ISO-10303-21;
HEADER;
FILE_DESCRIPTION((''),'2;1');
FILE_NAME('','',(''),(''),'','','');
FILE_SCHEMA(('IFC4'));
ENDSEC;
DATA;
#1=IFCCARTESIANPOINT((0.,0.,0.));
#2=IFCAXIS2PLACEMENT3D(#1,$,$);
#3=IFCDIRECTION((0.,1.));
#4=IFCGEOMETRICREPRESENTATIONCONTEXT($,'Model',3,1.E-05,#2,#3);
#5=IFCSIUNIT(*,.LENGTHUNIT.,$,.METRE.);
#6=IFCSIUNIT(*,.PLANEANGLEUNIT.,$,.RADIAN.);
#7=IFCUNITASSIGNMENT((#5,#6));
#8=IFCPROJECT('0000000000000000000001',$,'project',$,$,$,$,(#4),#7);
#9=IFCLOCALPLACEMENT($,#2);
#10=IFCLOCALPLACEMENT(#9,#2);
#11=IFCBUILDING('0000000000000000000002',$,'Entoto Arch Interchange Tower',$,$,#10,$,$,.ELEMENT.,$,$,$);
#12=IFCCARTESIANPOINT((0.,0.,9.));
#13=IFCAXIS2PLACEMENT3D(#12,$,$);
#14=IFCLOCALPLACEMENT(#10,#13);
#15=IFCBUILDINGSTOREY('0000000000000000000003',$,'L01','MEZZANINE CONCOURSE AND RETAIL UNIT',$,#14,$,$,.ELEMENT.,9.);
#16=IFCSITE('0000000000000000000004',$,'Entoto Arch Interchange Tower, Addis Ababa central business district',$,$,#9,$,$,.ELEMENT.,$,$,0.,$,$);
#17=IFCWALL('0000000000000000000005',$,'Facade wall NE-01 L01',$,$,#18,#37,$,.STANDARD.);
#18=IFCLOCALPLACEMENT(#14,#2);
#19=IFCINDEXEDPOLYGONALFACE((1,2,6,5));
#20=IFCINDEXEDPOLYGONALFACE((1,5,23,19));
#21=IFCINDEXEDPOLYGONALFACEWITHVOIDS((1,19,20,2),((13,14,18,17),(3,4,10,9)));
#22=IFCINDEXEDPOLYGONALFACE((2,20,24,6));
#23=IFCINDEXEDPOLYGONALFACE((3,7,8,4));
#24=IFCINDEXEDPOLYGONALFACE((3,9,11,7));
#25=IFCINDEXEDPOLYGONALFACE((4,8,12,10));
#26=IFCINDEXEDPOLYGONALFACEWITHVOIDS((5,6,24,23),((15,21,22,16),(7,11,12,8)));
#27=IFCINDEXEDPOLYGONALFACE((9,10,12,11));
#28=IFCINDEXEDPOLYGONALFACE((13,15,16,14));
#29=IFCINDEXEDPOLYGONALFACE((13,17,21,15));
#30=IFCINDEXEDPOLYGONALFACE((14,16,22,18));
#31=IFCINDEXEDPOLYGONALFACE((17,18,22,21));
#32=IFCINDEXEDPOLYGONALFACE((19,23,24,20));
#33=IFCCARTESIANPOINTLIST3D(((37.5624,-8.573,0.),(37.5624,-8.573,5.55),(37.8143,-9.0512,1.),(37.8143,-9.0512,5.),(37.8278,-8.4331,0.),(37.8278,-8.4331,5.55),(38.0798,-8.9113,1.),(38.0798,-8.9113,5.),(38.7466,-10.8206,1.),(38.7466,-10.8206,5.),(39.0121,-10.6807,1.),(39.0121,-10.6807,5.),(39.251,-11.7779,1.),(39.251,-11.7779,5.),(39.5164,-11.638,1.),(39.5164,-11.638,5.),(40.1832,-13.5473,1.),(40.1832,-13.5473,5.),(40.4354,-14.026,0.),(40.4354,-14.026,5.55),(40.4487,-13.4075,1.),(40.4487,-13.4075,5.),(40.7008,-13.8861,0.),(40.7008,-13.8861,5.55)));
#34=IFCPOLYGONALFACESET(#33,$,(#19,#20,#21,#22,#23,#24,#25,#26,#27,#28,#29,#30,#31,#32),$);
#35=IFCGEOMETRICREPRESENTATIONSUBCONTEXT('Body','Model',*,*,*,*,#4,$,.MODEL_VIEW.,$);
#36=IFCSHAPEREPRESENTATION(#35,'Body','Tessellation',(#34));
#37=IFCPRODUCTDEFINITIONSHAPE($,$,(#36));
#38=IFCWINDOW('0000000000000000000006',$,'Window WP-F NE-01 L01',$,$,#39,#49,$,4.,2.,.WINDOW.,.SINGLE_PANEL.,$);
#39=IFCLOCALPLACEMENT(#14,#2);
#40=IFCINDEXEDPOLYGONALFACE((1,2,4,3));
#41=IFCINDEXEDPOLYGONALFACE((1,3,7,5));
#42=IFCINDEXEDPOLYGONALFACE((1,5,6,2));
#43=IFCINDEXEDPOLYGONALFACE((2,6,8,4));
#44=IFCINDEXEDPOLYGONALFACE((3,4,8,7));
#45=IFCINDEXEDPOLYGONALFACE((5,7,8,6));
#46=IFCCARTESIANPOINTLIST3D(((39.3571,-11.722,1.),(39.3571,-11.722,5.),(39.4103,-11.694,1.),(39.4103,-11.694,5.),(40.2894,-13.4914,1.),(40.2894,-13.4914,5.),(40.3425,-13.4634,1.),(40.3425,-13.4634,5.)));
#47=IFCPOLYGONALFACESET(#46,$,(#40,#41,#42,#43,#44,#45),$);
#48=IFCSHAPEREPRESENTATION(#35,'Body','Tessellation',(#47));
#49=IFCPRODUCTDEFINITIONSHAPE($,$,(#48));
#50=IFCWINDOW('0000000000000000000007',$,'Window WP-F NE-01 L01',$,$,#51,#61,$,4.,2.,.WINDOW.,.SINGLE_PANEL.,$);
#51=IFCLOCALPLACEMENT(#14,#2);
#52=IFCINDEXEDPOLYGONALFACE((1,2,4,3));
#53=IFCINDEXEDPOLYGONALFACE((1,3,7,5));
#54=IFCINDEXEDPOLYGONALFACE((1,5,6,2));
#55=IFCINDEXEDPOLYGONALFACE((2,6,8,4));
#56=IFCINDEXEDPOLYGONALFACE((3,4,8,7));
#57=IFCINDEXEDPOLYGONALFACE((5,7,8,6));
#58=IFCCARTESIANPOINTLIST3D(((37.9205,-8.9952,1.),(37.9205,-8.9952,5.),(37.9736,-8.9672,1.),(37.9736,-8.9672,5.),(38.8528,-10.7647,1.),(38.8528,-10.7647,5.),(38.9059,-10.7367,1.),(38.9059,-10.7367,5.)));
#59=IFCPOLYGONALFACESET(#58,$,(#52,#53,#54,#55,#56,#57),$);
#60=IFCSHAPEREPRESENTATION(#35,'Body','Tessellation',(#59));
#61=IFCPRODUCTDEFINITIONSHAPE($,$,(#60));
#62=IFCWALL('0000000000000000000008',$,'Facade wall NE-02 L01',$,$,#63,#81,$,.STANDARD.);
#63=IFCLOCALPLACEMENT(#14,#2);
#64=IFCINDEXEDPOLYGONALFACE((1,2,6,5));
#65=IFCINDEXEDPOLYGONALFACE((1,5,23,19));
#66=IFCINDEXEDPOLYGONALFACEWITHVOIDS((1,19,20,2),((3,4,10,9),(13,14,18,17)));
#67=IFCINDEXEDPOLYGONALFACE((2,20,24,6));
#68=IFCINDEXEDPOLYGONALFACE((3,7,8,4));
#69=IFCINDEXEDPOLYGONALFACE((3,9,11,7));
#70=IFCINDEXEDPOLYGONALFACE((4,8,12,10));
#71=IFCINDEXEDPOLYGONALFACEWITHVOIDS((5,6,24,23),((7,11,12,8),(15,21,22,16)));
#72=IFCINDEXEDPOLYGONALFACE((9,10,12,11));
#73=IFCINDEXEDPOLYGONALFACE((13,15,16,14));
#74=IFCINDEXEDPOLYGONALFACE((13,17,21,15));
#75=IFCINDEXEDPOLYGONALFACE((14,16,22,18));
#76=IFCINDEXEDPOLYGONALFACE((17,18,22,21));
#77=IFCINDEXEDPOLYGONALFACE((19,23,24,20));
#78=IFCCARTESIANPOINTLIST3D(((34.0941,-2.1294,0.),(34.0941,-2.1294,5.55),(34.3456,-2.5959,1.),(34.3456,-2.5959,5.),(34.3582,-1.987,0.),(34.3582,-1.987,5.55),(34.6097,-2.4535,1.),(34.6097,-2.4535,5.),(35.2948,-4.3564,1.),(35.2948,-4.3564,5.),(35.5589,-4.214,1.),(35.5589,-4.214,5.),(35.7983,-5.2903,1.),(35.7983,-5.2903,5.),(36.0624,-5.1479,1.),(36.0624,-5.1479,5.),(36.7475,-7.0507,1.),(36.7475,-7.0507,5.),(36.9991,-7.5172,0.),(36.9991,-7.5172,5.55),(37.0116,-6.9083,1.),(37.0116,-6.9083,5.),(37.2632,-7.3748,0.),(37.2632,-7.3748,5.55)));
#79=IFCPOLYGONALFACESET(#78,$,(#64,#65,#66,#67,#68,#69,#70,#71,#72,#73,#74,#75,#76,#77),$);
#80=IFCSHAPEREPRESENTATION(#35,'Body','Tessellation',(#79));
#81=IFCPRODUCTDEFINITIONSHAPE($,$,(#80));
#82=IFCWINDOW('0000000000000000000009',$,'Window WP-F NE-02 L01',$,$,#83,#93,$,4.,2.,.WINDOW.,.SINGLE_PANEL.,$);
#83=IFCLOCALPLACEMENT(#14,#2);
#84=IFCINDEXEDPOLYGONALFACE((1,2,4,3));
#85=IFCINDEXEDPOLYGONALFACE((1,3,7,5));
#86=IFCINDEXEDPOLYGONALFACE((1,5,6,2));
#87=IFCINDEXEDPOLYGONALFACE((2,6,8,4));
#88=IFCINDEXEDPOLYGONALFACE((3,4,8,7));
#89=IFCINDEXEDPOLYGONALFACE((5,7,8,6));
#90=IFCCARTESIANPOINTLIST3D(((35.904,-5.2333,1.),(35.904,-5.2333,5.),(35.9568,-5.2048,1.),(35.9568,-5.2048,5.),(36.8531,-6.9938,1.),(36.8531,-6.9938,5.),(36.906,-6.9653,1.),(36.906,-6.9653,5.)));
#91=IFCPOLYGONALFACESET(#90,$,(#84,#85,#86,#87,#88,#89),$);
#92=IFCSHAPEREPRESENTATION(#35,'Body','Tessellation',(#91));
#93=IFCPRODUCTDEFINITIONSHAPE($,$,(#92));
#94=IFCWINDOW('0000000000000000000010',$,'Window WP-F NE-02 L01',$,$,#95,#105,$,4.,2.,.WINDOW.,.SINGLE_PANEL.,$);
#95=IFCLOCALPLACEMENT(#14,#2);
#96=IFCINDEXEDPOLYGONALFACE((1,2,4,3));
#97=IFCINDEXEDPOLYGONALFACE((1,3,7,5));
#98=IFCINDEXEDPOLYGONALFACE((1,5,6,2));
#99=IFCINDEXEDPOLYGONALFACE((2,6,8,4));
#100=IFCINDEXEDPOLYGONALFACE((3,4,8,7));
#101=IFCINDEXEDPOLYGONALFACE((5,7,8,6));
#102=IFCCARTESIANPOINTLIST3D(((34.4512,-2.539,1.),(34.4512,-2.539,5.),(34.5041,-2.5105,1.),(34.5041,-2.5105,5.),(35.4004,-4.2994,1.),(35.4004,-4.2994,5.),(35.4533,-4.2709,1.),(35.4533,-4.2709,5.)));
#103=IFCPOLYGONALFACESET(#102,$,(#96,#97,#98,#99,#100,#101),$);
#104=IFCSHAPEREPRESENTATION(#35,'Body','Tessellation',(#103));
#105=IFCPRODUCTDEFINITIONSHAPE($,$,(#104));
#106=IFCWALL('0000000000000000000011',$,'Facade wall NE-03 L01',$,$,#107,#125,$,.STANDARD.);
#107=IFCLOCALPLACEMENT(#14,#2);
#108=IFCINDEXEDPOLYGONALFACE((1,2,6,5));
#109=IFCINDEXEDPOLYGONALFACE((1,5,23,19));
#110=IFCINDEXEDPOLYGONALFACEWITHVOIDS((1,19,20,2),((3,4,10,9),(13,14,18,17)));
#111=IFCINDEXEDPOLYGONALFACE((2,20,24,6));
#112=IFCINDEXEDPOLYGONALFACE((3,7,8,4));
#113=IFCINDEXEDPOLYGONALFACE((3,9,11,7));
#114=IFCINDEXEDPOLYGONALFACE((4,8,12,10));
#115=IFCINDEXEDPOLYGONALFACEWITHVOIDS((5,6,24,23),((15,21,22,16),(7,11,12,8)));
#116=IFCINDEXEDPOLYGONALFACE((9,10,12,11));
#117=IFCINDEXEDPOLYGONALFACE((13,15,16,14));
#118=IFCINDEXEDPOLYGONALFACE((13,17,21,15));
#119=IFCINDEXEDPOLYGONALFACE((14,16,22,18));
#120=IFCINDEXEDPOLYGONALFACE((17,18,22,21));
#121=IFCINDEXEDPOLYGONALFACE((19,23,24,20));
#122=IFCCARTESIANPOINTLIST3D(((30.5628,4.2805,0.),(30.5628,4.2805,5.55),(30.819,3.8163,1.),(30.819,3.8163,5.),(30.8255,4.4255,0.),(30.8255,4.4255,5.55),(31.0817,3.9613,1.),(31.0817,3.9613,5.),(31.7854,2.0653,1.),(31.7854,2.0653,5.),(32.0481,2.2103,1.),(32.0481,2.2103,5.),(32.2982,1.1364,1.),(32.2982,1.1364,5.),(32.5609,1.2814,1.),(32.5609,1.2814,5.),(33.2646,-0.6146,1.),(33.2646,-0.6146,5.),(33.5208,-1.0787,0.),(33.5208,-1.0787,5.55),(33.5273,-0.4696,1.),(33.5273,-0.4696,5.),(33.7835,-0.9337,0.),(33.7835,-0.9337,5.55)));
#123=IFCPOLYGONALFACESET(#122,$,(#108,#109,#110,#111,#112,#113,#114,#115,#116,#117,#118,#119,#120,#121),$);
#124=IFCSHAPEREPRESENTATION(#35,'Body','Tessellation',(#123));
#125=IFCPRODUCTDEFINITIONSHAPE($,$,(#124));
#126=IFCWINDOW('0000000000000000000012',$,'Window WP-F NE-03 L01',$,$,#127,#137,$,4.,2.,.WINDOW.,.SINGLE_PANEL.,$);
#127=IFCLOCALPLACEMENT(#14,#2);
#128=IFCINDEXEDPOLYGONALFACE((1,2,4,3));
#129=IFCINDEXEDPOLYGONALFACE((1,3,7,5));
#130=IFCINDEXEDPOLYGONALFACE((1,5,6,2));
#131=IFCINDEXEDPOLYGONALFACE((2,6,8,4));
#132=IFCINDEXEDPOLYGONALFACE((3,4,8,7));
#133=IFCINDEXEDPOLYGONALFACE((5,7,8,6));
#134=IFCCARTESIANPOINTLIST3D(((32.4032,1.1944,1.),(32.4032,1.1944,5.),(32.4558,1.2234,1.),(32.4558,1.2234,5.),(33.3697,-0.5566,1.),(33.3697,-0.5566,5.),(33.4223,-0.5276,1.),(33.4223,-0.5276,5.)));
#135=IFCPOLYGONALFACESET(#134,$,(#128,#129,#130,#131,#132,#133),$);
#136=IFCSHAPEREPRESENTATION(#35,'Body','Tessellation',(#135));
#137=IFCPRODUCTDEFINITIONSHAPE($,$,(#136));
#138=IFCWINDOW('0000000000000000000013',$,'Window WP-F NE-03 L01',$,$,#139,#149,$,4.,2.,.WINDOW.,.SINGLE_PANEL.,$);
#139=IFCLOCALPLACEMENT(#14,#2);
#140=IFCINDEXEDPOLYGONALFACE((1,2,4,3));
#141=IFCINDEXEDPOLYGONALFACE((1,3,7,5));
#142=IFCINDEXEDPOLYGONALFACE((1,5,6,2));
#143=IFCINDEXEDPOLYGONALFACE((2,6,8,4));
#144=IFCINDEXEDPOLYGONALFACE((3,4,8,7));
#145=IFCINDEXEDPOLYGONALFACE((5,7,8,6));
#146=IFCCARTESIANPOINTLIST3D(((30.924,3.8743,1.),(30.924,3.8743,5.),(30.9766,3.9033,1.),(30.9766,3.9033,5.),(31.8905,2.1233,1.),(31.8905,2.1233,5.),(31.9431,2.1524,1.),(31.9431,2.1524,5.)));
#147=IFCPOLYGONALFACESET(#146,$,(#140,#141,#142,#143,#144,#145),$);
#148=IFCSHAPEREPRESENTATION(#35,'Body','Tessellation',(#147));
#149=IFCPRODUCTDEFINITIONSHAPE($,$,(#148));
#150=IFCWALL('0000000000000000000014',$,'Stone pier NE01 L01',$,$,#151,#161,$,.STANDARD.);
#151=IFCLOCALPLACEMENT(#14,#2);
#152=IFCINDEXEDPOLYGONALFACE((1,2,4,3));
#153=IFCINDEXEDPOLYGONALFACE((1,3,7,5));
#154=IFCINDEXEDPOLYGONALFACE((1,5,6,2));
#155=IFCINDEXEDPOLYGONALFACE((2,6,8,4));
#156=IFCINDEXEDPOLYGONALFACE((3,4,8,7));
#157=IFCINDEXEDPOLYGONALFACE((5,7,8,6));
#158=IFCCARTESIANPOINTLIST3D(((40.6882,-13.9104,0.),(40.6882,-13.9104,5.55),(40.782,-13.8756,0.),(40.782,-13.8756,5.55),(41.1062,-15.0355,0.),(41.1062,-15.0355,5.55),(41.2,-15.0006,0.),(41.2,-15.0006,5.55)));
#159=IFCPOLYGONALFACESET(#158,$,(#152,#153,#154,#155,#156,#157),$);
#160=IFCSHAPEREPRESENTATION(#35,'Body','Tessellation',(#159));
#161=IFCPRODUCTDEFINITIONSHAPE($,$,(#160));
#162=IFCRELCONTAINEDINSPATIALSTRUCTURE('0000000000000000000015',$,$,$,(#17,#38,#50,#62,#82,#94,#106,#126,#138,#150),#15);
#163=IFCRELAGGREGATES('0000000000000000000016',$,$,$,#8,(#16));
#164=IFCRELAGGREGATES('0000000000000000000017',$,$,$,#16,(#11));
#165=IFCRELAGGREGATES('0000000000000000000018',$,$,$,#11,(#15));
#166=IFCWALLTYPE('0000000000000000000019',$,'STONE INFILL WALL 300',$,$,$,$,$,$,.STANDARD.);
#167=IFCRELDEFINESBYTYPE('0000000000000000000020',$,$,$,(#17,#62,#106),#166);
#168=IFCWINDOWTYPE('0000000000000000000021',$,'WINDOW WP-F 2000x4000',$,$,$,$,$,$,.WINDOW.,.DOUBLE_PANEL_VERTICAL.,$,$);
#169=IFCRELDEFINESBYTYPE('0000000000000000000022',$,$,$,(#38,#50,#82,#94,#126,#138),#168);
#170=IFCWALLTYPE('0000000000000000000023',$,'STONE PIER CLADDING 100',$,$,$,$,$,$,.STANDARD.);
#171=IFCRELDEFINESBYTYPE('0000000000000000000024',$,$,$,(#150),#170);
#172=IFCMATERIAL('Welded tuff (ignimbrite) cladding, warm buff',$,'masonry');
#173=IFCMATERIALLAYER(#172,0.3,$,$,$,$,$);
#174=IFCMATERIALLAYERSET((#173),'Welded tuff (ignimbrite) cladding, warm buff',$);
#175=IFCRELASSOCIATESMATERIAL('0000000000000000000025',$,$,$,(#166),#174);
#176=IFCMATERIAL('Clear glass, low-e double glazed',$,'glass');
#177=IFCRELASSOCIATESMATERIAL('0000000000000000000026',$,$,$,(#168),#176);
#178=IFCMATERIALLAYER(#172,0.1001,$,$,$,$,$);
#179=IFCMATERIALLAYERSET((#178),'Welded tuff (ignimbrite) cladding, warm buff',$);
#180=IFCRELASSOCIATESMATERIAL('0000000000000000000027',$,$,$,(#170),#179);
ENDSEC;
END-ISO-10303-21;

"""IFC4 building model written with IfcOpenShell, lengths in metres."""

from ifc_helpers import new_model, si_unit, direction, frame, frame_2d, origin, place, context, subcontext, project, spatial, rectangle, extrude, material, layer, layer_set, type_object, element, fill, save


model = new_model("IFC4")

# Units and contexts
model_context = context("Model", 3, precision=1e-05, world=origin(), true_north=direction((0.0, 1.0)))
body_context = subcontext(model_context, "Body", "Model", "MODEL_VIEW")
ifc_project = project(units=[si_unit("LENGTHUNIT", "METRE"), si_unit("PLANEANGLEUNIT", "RADIAN")], contexts=[model_context])

# Site, building, storey
site_placement = place(None, origin())
site = spatial("IfcSite", under=ifc_project, at=site_placement, Name="Entoto Arch Interchange Tower, Addis Ababa central business district", CompositionType="ELEMENT", RefElevation=0.0)
building_placement = place(site_placement, origin())
building = spatial("IfcBuilding", under=site, at=building_placement, Name="Entoto Arch Interchange Tower", CompositionType="ELEMENT")
storey_placement = place(building_placement, frame((0.0, 0.0, 9.0)))
storey = spatial("IfcBuildingStorey", under=building, at=storey_placement, Name="L01", Description="MEZZANINE CONCOURSE AND RETAIL UNIT", CompositionType="ELEMENT", Elevation=9.0)

# Walls, openings, windows
ifc_material_1 = material(Name="Welded tuff (ignimbrite) cladding, warm buff", Category="masonry")
ifc_layer_1 = layer(ifc_material_1, 0.3)
ifc_layer_set_1 = layer_set([ifc_layer_1], Name="Welded tuff (ignimbrite) cladding, warm buff")
wall_type_1 = type_object("IfcWallType", Name="STONE INFILL WALL 300", PredefinedType="STANDARD", material=ifc_layer_set_1)
wall_1_placement = place(storey_placement, frame((40.5681, -13.9561, 0.0), z_axis=(0.0, 0.0, 1.0), x_axis=(-0.466125, 0.884719, 0.0)))
wall_1 = element("IfcWall", 1, at=wall_1_placement, inside=storey, type_object=wall_type_1, Name="Facade wall NE-01 L01", PredefinedType="STANDARD", context=body_context, shape_type="SweptSolid", body=[
    extrude(rectangle(XDim=6.1636, YDim=0.3, at=frame_2d((3.0818, 0.0))), origin(), (0.0, 0.0, 1.0), 5.55),
])
opening_1_placement = place(wall_1_placement, frame((0.541, 0.0, 1.0)))
opening_1 = element("IfcOpeningElement", 2, at=opening_1_placement, cuts=wall_1, PredefinedType="OPENING", context=body_context, shape_type="SweptSolid", body=[
    extrude(rectangle(XDim=2.0, YDim=4.0, at=frame_2d((1.0, 2.0))), frame((0.0, 0.1602, 0.0), z_axis=(0.0, -1.0, 0.0), x_axis=(1.0, 0.0, 0.0)), (0.0, 0.0, 1.0), 0.3201),
])
opening_2_placement = place(wall_1_placement, frame((3.623, 0.0, 1.0)))
opening_2 = element("IfcOpeningElement", 3, at=opening_2_placement, cuts=wall_1, PredefinedType="OPENING", context=body_context, shape_type="SweptSolid", body=[
    extrude(rectangle(XDim=2.0, YDim=4.0, at=frame_2d((1.0, 2.0))), frame((0.0, 0.1602, 0.0), z_axis=(0.0, -1.0, 0.0), x_axis=(1.0, 0.0, 0.0)), (0.0, 0.0, 1.0), 0.3201),
])
ifc_material_2 = material(Name="Clear glass, low-e double glazed", Category="glass")
window_type = type_object("IfcWindowType", Name="WINDOW WP-F 2000x4000", PartitioningType="DOUBLE_PANEL_VERTICAL", PredefinedType="WINDOW", material=ifc_material_2)
window_1_placement = place(opening_1_placement, origin())
window_1 = element("IfcWindow", 4, at=window_1_placement, inside=storey, type_object=window_type, Name="Window WP-F NE-01 L01", OverallHeight=4.0, OverallWidth=2.0, PartitioningType="SINGLE_PANEL", PredefinedType="WINDOW", context=body_context, shape_type="SweptSolid", body=[
    extrude(rectangle(XDim=2.0, YDim=4.0, at=frame_2d((1.0, 2.0))), frame((0.0, 0.03, 0.0), z_axis=(0.0, -1.0, 0.0), x_axis=(1.0, 0.0, 0.0)), (0.0, 0.0, 1.0), 0.0601),
])
fill(opening_1, window_1)
window_2_placement = place(opening_2_placement, origin())
window_2 = element("IfcWindow", 5, at=window_2_placement, inside=storey, type_object=window_type, Name="Window WP-F NE-01 L01", OverallHeight=4.0, OverallWidth=2.0, PartitioningType="SINGLE_PANEL", PredefinedType="WINDOW", context=body_context, shape_type="SweptSolid", body=[
    extrude(rectangle(XDim=2.0, YDim=4.0, at=frame_2d((1.0, 2.0))), frame((0.0, 0.03, 0.0), z_axis=(0.0, -1.0, 0.0), x_axis=(1.0, 0.0, 0.0)), (0.0, 0.0, 1.0), 0.0601),
])
fill(opening_2, window_2)
wall_2_placement = place(storey_placement, frame((37.1311, -7.446, 0.0), z_axis=(0.0, 0.0, 1.0), x_axis=(-0.474585, 0.88021, 0.0)))
wall_2 = element("IfcWall", 6, at=wall_2_placement, inside=storey, type_object=wall_type_1, Name="Facade wall NE-02 L01", PredefinedType="STANDARD", context=body_context, shape_type="SweptSolid", body=[
    extrude(rectangle(XDim=6.1211, YDim=0.3, at=frame_2d((3.0605, 0.0))), origin(), (0.0, 0.0, 1.0), 5.55),
])
opening_3_placement = place(wall_2_placement, frame((0.53, 0.0, 1.0)))
opening_3 = element("IfcOpeningElement", 7, at=opening_3_placement, cuts=wall_2, PredefinedType="OPENING", context=body_context, shape_type="SweptSolid", body=[
    extrude(rectangle(XDim=2.0, YDim=4.0, at=frame_2d((1.0, 2.0))), frame((0.0, 0.1602, 0.0), z_axis=(0.0, -1.0, 0.0), x_axis=(1.0, 0.0, 0.0)), (0.0, 0.0, 1.0), 0.3201),
])
opening_4_placement = place(wall_2_placement, frame((3.5911, 0.0, 1.0)))
opening_4 = element("IfcOpeningElement", 8, at=opening_4_placement, cuts=wall_2, PredefinedType="OPENING", context=body_context, shape_type="SweptSolid", body=[
    extrude(rectangle(XDim=2.0, YDim=4.0, at=frame_2d((1.0, 2.0))), frame((0.0, 0.1602, 0.0), z_axis=(0.0, -1.0, 0.0), x_axis=(1.0, 0.0, 0.0)), (0.0, 0.0, 1.0), 0.3201),
])
window_3_placement = place(opening_3_placement, origin())
window_3 = element("IfcWindow", 9, at=window_3_placement, inside=storey, type_object=window_type, Name="Window WP-F NE-02 L01", OverallHeight=4.0, OverallWidth=2.0, PartitioningType="SINGLE_PANEL", PredefinedType="WINDOW", context=body_context, shape_type="SweptSolid", body=[
    extrude(rectangle(XDim=2.0, YDim=4.0, at=frame_2d((1.0, 2.0))), frame((0.0, 0.03, 0.0), z_axis=(0.0, -1.0, 0.0), x_axis=(1.0, 0.0, 0.0)), (0.0, 0.0, 1.0), 0.0601),
])
fill(opening_3, window_3)
window_4_placement = place(opening_4_placement, origin())
window_4 = element("IfcWindow", 10, at=window_4_placement, inside=storey, type_object=window_type, Name="Window WP-F NE-02 L01", OverallHeight=4.0, OverallWidth=2.0, PartitioningType="SINGLE_PANEL", PredefinedType="WINDOW", context=body_context, shape_type="SweptSolid", body=[
    extrude(rectangle(XDim=2.0, YDim=4.0, at=frame_2d((1.0, 2.0))), frame((0.0, 0.03, 0.0), z_axis=(0.0, -1.0, 0.0), x_axis=(1.0, 0.0, 0.0)), (0.0, 0.0, 1.0), 0.0601),
])
fill(opening_4, window_4)
wall_3_placement = place(storey_placement, frame((33.6521, -1.0061, 0.0), z_axis=(0.0, 0.0, 1.0), x_axis=(-0.483233, 0.875492, 0.0)))
wall_3 = element("IfcWall", 11, at=wall_3_placement, inside=storey, type_object=wall_type_1, Name="Facade wall NE-03 L01", PredefinedType="STANDARD", context=body_context, shape_type="SweptSolid", body=[
    extrude(rectangle(XDim=6.1213, YDim=0.3, at=frame_2d((3.0605, 0.0))), origin(), (0.0, 0.0, 1.0), 5.55),
])
opening_5_placement = place(wall_3_placement, frame((0.53, 0.0, 1.0)))
opening_5 = element("IfcOpeningElement", 12, at=opening_5_placement, cuts=wall_3, PredefinedType="OPENING", context=body_context, shape_type="SweptSolid", body=[
    extrude(rectangle(XDim=2.0, YDim=4.0, at=frame_2d((1.0, 2.0))), frame((0.0, 0.1602, 0.0), z_axis=(0.0, -1.0, 0.0), x_axis=(1.0, 0.0, 0.0)), (0.0, 0.0, 1.0), 0.3201),
])
opening_6_placement = place(wall_3_placement, frame((3.5911, 0.0, 1.0)))
opening_6 = element("IfcOpeningElement", 13, at=opening_6_placement, cuts=wall_3, PredefinedType="OPENING", context=body_context, shape_type="SweptSolid", body=[
    extrude(rectangle(XDim=2.0, YDim=4.0, at=frame_2d((1.0, 2.0))), frame((0.0, 0.1602, 0.0), z_axis=(0.0, -1.0, 0.0), x_axis=(1.0, 0.0, 0.0)), (0.0, 0.0, 1.0), 0.3201),
])
window_5_placement = place(opening_5_placement, origin())
window_5 = element("IfcWindow", 14, at=window_5_placement, inside=storey, type_object=window_type, Name="Window WP-F NE-03 L01", OverallHeight=4.0, OverallWidth=2.0, PartitioningType="SINGLE_PANEL", PredefinedType="WINDOW", context=body_context, shape_type="SweptSolid", body=[
    extrude(rectangle(XDim=2.0, YDim=4.0, at=frame_2d((1.0, 2.0))), frame((0.0, 0.03, 0.0), z_axis=(0.0, -1.0, 0.0), x_axis=(1.0, 0.0, 0.0)), (0.0, 0.0, 1.0), 0.0601),
])
fill(opening_5, window_5)
window_6_placement = place(opening_6_placement, origin())
window_6 = element("IfcWindow", 15, at=window_6_placement, inside=storey, type_object=window_type, Name="Window WP-F NE-03 L01", OverallHeight=4.0, OverallWidth=2.0, PartitioningType="SINGLE_PANEL", PredefinedType="WINDOW", context=body_context, shape_type="SweptSolid", body=[
    extrude(rectangle(XDim=2.0, YDim=4.0, at=frame_2d((1.0, 2.0))), frame((0.0, 0.03, 0.0), z_axis=(0.0, -1.0, 0.0), x_axis=(1.0, 0.0, 0.0)), (0.0, 0.0, 1.0), 0.0601),
])
fill(opening_6, window_6)

# Wall
ifc_layer_2 = layer(ifc_material_1, 0.1001)
ifc_layer_set_2 = layer_set([ifc_layer_2], Name="Welded tuff (ignimbrite) cladding, warm buff")
wall_type_2 = type_object("IfcWallType", Name="STONE PIER CLADDING 100", PredefinedType="STANDARD", material=ifc_layer_set_2)
wall_4_placement = place(storey_placement, frame((41.1531, -15.0181, 0.0), z_axis=(0.0, 0.0, 1.0), x_axis=(-0.348268, 0.937395, 0.0)))
element("IfcWall", 16, at=wall_4_placement, inside=storey, type_object=wall_type_2, Name="Stone pier NE01 L01", PredefinedType="STANDARD", context=body_context, shape_type="SweptSolid", body=[
    extrude(rectangle(XDim=1.2002, YDim=0.1001, at=frame_2d((0.6001, 0.0))), origin(), (0.0, 0.0, 1.0), 5.55),
])

save(model, "model.ifc")
